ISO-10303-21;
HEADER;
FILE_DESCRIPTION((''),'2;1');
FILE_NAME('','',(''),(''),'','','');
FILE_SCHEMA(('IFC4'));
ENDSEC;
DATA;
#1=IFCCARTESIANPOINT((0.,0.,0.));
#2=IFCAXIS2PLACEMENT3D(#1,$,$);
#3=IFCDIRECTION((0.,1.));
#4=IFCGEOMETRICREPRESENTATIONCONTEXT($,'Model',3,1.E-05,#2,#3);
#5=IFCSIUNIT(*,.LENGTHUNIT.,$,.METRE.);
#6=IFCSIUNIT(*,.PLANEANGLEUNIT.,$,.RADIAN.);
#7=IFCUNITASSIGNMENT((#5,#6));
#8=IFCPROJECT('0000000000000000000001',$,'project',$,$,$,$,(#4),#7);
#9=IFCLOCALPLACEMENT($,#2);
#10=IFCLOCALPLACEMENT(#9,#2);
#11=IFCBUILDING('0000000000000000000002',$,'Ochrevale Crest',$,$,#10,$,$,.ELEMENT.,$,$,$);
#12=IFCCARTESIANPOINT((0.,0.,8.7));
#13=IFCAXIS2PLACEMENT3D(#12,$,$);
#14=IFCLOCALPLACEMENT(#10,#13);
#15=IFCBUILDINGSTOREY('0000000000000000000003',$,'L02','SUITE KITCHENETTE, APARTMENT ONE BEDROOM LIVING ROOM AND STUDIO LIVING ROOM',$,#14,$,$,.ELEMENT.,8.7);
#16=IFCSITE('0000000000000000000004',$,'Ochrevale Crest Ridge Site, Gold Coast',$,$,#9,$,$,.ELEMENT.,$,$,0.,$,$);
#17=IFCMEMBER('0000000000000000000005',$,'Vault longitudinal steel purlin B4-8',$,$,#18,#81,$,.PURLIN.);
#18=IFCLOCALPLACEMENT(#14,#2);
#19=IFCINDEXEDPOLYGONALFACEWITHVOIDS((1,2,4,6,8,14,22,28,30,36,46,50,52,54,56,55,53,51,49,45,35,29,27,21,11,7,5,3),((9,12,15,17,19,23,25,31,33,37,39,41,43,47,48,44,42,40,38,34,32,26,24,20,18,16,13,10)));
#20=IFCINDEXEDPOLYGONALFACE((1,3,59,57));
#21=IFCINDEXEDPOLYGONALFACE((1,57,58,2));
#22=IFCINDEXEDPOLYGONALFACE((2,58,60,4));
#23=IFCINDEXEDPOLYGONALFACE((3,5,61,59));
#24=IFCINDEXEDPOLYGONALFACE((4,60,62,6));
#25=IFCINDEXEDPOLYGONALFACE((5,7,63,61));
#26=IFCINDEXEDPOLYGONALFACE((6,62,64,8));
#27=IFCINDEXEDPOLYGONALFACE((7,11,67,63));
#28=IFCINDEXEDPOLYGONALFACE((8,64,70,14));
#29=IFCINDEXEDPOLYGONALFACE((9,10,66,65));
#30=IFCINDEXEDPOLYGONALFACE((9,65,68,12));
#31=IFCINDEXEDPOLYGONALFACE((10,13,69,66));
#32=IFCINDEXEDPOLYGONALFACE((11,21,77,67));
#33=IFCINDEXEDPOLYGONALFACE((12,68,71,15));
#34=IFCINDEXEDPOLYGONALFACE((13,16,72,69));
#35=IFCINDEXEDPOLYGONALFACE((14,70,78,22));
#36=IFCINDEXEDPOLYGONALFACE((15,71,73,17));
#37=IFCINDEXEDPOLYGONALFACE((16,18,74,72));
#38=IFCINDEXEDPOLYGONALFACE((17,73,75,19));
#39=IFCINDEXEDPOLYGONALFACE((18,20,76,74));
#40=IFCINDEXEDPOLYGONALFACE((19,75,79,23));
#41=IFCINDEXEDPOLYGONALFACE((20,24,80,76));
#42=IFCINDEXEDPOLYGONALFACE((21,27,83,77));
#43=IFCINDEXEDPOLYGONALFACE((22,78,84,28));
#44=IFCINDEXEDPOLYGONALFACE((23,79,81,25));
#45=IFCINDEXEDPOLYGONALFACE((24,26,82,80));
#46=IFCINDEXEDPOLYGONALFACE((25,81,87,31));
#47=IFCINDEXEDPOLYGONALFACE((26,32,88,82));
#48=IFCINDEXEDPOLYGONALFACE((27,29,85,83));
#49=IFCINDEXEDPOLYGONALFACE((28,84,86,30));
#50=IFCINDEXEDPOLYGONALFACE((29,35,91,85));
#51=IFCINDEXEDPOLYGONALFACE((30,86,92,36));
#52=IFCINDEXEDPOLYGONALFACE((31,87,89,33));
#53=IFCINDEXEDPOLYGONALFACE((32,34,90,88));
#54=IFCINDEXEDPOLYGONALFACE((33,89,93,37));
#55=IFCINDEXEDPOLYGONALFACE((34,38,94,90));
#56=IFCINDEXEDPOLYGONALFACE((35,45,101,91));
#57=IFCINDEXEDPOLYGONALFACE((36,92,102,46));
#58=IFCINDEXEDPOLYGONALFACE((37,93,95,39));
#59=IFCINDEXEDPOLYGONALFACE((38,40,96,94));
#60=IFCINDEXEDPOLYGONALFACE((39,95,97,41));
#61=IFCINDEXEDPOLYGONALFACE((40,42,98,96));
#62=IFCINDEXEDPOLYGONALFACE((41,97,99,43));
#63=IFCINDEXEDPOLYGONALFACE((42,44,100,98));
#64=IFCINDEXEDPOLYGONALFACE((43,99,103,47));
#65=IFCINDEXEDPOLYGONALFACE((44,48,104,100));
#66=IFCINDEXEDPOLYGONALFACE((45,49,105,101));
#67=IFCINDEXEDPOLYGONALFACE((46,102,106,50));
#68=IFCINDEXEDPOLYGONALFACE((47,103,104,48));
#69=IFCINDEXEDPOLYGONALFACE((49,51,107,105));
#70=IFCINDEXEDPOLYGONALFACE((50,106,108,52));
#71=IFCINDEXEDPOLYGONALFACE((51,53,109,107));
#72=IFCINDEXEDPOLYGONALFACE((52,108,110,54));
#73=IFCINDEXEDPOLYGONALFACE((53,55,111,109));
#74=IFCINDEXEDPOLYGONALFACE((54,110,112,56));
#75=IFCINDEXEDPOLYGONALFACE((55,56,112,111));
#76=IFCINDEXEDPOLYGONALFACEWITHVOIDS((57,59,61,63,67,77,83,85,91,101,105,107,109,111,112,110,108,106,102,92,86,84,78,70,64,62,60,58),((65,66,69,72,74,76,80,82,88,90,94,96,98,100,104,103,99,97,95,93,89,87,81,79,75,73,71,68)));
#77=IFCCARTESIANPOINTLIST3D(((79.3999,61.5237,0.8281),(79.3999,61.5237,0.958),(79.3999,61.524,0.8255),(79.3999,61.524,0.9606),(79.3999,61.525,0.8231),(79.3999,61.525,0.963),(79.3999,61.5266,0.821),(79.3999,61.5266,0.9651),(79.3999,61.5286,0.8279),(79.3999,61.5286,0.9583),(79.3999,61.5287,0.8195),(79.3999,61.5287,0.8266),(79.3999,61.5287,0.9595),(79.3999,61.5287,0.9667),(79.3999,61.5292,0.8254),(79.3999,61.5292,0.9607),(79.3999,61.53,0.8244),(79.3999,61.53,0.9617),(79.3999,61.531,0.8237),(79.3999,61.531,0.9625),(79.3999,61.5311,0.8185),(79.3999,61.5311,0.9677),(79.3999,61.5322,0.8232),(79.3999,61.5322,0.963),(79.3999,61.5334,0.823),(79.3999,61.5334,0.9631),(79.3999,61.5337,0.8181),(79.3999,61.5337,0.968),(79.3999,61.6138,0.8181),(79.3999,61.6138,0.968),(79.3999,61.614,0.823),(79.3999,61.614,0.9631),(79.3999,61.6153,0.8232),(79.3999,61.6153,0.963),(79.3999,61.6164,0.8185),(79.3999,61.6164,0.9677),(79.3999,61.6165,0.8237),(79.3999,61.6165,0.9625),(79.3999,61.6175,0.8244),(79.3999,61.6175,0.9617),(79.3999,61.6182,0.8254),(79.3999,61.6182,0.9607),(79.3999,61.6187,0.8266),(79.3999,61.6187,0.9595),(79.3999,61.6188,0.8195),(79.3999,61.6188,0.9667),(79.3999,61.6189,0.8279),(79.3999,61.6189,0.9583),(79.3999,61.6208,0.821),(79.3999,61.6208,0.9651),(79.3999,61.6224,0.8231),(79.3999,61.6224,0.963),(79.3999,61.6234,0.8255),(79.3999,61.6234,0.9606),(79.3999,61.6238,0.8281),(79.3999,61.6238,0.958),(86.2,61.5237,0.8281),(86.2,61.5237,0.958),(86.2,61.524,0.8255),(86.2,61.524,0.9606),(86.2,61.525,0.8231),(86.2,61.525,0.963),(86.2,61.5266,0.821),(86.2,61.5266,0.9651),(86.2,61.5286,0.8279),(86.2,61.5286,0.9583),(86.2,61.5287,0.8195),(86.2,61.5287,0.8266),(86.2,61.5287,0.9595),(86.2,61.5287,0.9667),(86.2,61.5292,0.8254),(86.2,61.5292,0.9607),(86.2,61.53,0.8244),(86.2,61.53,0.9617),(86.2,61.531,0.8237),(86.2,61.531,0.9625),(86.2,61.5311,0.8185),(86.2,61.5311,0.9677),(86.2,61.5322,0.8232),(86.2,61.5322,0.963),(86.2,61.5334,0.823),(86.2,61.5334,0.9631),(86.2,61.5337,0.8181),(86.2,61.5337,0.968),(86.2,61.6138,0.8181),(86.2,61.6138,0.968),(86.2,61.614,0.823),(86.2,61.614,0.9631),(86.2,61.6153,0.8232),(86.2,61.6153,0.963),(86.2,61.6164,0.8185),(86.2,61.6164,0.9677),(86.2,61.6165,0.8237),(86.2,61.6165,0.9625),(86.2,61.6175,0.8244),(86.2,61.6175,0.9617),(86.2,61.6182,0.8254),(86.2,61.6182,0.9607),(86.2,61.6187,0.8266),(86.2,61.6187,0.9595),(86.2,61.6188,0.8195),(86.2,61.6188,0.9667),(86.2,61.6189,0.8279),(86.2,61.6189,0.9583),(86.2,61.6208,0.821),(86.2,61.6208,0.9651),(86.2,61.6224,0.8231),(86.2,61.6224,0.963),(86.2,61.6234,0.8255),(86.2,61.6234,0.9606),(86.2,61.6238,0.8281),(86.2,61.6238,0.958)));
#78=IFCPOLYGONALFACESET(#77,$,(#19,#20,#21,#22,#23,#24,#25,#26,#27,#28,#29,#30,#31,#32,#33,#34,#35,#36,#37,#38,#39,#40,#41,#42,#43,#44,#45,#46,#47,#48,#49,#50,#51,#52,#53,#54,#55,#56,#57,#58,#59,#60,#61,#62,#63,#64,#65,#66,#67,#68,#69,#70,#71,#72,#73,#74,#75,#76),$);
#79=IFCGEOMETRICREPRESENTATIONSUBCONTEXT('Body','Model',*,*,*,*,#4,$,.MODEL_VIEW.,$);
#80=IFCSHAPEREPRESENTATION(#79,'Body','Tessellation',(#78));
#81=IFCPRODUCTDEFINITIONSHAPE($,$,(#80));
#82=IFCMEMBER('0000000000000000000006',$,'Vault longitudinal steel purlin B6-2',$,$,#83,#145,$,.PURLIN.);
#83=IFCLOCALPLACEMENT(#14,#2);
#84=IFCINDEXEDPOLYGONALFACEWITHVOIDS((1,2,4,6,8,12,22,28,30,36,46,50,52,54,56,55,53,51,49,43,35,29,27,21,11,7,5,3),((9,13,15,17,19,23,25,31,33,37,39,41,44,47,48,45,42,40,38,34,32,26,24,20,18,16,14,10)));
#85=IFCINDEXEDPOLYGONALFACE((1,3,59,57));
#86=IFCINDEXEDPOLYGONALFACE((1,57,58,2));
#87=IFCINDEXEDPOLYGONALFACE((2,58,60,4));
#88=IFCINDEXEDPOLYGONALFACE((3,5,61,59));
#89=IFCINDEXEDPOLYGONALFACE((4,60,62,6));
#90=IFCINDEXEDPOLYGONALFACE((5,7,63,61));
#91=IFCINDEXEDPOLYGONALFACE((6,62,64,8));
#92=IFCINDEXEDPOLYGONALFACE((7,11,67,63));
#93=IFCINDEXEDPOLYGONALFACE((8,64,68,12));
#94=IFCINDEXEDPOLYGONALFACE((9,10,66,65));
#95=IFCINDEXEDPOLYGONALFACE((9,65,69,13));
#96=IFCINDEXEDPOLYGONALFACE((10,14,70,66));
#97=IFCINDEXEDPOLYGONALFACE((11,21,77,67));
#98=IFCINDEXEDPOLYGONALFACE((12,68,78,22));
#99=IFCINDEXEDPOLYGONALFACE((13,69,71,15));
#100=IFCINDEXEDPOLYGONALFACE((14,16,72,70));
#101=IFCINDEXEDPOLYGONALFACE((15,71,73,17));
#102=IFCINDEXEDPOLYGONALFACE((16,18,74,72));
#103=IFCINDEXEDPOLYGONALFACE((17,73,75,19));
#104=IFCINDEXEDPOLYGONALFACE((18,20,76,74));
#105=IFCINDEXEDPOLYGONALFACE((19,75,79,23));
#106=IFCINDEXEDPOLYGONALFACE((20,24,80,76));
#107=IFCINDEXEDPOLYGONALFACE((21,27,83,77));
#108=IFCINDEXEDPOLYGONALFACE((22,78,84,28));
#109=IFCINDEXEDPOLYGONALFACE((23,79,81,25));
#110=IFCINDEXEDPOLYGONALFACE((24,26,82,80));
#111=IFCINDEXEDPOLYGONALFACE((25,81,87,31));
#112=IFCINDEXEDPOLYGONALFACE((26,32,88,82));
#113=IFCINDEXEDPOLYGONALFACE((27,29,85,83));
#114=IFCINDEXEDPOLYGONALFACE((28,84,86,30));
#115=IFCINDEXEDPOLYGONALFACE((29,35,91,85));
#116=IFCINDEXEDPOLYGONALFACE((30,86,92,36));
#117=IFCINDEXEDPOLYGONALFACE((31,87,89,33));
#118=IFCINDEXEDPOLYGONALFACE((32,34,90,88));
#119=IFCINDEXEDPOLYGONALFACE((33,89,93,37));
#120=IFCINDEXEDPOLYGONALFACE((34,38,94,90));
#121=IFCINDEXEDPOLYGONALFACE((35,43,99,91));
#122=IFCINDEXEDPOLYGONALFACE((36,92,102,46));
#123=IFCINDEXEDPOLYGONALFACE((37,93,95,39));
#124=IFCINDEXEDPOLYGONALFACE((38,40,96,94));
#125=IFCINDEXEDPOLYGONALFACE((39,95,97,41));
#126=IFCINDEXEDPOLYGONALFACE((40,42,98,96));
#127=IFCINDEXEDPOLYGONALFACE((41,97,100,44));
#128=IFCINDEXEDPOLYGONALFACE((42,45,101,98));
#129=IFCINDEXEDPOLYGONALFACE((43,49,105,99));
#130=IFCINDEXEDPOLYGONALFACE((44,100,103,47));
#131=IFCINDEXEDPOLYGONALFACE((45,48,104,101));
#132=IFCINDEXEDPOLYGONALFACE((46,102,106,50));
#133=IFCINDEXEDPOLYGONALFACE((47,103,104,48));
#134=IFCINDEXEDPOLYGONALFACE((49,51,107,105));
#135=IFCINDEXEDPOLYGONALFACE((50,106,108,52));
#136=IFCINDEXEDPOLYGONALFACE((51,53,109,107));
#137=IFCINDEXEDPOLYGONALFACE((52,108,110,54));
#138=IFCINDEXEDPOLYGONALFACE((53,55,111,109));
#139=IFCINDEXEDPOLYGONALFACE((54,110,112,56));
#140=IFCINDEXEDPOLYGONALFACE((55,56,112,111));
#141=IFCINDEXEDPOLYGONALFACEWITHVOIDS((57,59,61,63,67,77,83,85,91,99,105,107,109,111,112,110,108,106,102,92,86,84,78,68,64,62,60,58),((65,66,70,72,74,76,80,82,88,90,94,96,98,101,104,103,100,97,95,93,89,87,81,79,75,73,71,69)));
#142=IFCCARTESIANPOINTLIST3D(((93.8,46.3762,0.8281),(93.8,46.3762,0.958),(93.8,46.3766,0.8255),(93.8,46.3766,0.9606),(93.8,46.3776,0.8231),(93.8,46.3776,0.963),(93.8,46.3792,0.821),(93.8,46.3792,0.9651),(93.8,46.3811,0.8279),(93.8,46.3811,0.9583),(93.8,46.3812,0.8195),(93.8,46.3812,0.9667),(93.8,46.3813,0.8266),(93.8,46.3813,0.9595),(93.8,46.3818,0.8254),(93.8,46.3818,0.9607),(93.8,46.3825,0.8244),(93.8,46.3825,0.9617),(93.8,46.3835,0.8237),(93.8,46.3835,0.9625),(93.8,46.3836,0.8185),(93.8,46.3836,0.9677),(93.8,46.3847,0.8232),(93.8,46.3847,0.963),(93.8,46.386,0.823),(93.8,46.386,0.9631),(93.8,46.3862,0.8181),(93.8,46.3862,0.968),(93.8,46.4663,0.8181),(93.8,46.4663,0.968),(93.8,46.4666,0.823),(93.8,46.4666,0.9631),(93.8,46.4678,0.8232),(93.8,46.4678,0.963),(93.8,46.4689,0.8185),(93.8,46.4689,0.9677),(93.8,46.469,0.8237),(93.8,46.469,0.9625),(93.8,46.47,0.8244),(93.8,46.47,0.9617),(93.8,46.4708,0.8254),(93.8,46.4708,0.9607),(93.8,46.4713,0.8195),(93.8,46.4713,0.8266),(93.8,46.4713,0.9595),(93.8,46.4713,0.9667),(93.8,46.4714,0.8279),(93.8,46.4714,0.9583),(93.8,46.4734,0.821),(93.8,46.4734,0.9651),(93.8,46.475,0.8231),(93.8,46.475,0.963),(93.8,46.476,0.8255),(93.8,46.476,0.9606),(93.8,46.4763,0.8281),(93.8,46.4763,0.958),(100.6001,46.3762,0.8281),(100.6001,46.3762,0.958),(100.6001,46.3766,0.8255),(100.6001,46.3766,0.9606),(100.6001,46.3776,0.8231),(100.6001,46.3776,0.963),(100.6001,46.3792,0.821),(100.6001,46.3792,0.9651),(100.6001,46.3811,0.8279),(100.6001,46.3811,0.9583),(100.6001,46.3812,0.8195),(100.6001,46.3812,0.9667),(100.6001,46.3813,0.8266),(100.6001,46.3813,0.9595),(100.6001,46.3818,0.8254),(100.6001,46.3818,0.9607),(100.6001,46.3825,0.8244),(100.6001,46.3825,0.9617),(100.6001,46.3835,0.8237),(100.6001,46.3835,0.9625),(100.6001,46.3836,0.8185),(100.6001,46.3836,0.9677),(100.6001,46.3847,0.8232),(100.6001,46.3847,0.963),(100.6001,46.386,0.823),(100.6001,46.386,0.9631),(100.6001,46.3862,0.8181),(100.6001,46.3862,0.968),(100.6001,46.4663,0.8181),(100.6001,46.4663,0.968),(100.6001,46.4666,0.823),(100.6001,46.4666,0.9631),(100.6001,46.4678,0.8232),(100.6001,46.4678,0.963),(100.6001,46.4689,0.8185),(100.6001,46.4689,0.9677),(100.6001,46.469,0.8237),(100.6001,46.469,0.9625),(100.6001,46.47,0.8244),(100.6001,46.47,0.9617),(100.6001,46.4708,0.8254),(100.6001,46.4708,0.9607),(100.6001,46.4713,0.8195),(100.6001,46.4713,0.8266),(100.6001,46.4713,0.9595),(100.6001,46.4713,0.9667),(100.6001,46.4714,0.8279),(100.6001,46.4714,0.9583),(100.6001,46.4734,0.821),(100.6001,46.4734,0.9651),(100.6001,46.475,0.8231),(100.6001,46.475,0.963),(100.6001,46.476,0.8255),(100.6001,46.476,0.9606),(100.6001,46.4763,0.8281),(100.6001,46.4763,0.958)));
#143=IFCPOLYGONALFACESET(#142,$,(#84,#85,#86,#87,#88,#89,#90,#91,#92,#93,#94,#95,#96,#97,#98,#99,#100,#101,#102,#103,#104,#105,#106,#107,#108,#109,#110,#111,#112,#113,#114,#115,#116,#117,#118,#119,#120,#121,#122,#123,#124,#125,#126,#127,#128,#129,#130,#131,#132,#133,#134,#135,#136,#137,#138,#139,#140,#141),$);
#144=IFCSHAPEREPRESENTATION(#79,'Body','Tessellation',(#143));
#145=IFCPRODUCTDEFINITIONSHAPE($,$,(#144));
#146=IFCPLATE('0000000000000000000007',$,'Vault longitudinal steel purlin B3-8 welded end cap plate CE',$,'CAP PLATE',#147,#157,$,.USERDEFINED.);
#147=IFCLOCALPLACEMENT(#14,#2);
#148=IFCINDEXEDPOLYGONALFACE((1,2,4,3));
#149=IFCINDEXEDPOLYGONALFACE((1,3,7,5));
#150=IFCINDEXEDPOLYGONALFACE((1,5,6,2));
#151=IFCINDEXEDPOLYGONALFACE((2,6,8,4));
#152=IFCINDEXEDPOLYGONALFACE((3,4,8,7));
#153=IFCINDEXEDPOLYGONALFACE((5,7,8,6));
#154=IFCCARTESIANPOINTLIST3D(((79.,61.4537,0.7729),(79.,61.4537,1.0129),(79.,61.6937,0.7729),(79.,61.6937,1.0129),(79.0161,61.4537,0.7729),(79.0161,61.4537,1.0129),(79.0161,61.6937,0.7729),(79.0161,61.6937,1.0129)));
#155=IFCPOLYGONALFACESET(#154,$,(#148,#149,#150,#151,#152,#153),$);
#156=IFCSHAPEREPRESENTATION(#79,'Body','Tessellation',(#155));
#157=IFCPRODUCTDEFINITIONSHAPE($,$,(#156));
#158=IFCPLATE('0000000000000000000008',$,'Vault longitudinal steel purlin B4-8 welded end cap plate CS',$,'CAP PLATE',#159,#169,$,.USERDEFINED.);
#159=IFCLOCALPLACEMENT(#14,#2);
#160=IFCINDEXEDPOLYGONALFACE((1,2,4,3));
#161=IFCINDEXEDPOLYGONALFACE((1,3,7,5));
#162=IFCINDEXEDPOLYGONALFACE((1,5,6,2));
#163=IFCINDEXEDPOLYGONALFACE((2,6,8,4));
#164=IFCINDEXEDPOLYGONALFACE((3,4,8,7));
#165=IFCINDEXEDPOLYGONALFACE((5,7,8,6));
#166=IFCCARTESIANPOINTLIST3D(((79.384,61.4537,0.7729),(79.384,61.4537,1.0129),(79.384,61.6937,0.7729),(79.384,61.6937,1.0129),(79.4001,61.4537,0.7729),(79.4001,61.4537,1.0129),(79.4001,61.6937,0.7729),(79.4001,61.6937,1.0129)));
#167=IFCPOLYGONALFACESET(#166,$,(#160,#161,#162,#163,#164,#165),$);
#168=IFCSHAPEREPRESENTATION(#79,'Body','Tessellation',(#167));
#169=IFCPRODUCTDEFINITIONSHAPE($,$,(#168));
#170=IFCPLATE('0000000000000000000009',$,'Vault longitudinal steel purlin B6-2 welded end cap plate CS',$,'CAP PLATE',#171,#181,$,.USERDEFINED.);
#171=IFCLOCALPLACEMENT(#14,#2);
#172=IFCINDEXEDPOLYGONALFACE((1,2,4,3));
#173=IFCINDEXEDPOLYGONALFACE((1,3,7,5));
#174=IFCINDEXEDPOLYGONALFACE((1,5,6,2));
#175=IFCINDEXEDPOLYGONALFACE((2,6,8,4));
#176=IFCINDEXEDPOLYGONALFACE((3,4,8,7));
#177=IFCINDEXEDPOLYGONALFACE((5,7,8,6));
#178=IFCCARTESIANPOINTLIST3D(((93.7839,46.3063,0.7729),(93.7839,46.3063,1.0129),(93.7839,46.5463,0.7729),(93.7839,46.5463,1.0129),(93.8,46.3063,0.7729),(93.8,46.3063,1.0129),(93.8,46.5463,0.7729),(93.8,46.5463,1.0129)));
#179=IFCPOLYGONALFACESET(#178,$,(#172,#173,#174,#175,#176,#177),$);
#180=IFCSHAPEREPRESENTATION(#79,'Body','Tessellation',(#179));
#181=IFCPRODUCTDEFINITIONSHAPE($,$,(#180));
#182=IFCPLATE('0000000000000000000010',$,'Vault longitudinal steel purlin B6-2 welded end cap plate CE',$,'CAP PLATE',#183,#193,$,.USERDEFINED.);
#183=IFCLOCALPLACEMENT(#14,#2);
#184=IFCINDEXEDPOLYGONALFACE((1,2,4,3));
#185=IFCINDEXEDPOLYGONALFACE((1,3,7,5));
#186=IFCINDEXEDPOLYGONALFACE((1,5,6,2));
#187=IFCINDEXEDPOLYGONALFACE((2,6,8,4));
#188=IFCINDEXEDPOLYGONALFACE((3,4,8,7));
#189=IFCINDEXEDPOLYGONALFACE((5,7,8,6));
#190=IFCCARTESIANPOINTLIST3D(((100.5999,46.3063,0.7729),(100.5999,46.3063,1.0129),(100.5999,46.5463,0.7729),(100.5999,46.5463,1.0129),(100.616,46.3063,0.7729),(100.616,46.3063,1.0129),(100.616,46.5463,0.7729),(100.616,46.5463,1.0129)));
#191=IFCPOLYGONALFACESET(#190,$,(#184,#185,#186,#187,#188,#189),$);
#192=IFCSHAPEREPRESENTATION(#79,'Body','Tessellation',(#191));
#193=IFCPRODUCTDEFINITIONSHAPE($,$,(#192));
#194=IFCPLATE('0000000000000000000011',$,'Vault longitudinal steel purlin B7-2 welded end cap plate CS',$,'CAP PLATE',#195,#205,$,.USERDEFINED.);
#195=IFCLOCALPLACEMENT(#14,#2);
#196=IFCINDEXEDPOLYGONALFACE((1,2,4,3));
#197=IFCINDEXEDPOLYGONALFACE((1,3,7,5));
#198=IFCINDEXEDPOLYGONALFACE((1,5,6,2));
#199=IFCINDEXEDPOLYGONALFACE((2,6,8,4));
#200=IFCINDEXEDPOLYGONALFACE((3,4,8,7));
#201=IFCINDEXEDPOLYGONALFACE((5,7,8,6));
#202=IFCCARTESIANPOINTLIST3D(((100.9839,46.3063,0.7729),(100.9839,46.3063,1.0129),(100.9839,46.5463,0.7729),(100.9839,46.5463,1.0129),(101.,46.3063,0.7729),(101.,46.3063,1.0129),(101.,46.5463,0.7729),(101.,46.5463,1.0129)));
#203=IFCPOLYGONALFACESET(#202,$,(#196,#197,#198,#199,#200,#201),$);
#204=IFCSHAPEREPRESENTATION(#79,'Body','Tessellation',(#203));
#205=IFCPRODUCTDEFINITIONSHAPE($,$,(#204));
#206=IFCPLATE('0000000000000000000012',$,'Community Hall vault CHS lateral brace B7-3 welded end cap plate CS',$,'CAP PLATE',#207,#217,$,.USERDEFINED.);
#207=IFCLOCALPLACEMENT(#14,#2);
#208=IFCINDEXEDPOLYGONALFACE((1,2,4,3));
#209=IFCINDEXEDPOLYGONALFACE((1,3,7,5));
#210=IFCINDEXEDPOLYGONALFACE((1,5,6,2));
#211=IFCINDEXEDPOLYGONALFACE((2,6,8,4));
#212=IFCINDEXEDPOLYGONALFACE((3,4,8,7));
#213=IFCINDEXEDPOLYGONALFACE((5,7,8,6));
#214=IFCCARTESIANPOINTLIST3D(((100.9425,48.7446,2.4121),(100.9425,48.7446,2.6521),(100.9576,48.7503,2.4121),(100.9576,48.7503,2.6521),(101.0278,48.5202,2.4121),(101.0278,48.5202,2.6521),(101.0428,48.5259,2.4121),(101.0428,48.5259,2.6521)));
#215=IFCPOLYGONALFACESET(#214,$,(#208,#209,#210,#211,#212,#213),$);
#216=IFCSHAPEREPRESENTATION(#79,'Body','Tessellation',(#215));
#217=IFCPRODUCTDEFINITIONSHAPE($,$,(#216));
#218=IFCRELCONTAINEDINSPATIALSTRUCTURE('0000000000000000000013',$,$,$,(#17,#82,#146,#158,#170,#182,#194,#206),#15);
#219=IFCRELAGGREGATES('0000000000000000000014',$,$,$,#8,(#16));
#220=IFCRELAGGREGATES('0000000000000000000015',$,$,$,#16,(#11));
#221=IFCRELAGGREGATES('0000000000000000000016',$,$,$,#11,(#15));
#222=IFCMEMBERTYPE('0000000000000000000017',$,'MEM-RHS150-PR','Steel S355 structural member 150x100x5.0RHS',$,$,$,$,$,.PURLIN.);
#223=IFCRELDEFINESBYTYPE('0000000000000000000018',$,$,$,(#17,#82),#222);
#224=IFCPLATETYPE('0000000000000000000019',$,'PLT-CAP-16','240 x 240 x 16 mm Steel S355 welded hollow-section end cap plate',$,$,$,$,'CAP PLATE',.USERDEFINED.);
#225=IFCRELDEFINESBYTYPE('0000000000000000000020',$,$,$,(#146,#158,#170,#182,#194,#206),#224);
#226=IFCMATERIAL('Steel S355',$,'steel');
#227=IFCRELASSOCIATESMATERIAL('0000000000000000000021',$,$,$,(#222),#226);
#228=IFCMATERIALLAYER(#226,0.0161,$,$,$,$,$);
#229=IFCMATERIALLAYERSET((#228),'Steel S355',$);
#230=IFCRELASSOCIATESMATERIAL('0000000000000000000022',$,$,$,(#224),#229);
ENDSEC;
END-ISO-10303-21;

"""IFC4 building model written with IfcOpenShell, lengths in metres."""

from ifc_helpers import new_model, si_unit, direction, frame, origin, origin_2d, place, context, subcontext, project, spatial, rectangle, hollow_rectangle, extrude, material, layer, layer_set, material_profile, profile_set, type_object, element, save


model = new_model("IFC4")

# Units and contexts
model_context = context("Model", 3, precision=1e-05, world=origin(), true_north=direction((0.0, 1.0)))
body_context = subcontext(model_context, "Body", "Model", "MODEL_VIEW")
ifc_project = project(units=[si_unit("LENGTHUNIT", "METRE"), si_unit("PLANEANGLEUNIT", "RADIAN")], contexts=[model_context])

# Site, building, storey
site_placement = place(None, origin())
site = spatial("IfcSite", under=ifc_project, at=site_placement, Name="Ochrevale Crest Ridge Site, Gold Coast", CompositionType="ELEMENT", RefElevation=0.0)
building_placement = place(site_placement, origin())
building = spatial("IfcBuilding", under=site, at=building_placement, Name="Ochrevale Crest", CompositionType="ELEMENT")
storey_placement = place(building_placement, frame((0.0, 0.0, 8.7)))
storey = spatial("IfcBuildingStorey", under=building, at=storey_placement, Name="L02", Description="SUITE KITCHENETTE, APARTMENT ONE BEDROOM LIVING ROOM AND STUDIO LIVING ROOM", CompositionType="ELEMENT", Elevation=8.7)

# Members
ifc_material_1 = material(Name="Steel S355", Category="steel")
ifc_material_profile_1 = material_profile(ifc_material_1, hollow_rectangle(XDim=0.1001, YDim=0.1499, WallThickness=0.0049, InnerFilletRadius=0.0049, OuterFilletRadius=0.01, at=origin_2d()), Name="150x100x5.0RHS")
ifc_profile_set_1 = profile_set([ifc_material_profile_1], Name="Steel S355")
member_type = type_object("IfcMemberType", Name="MEM-RHS150-PR", Description="Steel S355 structural member 150x100x5.0RHS", PredefinedType="PURLIN", material=ifc_profile_set_1)
for number, where, z_axis, x_axis, name in (
    (1, (79.3999, 61.5737, 0.8931), (1.0, 0.0, 0.0), (0.0, 1.0, 0.0), "Vault longitudinal steel purlin B4-8"),
    (2, (93.8, 46.4263, 0.8931), (1.0, 0.0, 0.0), (0.0, 1.0, 0.0), "Vault longitudinal steel purlin B6-2"),
):
    element("IfcMember", number, at=place(storey_placement, frame(where, z_axis=z_axis, x_axis=x_axis)), inside=storey, type_object=member_type, Name=name, PredefinedType="PURLIN", context=body_context, shape_type="SweptSolid", body=[
        extrude(hollow_rectangle(XDim=0.1001, YDim=0.1499, WallThickness=0.0049, InnerFilletRadius=0.0049, OuterFilletRadius=0.01, at=origin_2d()), origin(), (0.0, 0.0, 1.0), 6.8),
    ])

# Plates
ifc_layer = layer(ifc_material_1, 0.0161)
ifc_layer_set = layer_set([ifc_layer], Name="Steel S355")
plate_type = type_object("IfcPlateType", Name="PLT-CAP-16", Description="240 x 240 x 16 mm Steel S355 welded hollow-section end cap plate", ElementType="CAP PLATE", PredefinedType="USERDEFINED", material=ifc_layer_set)
for number, where, z_axis, x_axis, name in (
    (3, (79.0081, 61.5737, 0.7729), (0.0, 0.0, 1.0), (1.0, 0.0, 0.0), "Vault longitudinal steel purlin B3-8 welded end cap plate CE"),
    (4, (79.3921, 61.5737, 0.7729), (0.0, 0.0, 1.0), (1.0, 0.0, 0.0), "Vault longitudinal steel purlin B4-8 welded end cap plate CS"),
    (5, (93.792, 46.4263, 0.7729), (0.0, 0.0, 1.0), (1.0, 0.0, 0.0), "Vault longitudinal steel purlin B6-2 welded end cap plate CS"),
    (6, (100.6079, 46.4263, 0.7729), (0.0, 0.0, 1.0), (1.0, 0.0, 0.0), "Vault longitudinal steel purlin B6-2 welded end cap plate CE"),
    (7, (100.9919, 46.4263, 0.7729), (0.0, 0.0, 1.0), (1.0, 0.0, 0.0), "Vault longitudinal steel purlin B7-2 welded end cap plate CS"),
    (8, (100.9927, 48.6353, 2.4121), (0.0, 0.0, 1.0), (0.934764, 0.35527, 0.0), "Community Hall vault CHS lateral brace B7-3 welded end cap plate CS"),
):
    element("IfcPlate", number, at=place(storey_placement, frame(where, z_axis=z_axis, x_axis=x_axis)), inside=storey, type_object=plate_type, Name=name, ObjectType="CAP PLATE", PredefinedType="USERDEFINED", context=body_context, shape_type="SweptSolid", body=[
        extrude(rectangle(XDim=0.0161, YDim=0.24, at=origin_2d()), origin(), (0.0, 0.0, 1.0), 0.24),
    ])

save(model, "model.ifc")
